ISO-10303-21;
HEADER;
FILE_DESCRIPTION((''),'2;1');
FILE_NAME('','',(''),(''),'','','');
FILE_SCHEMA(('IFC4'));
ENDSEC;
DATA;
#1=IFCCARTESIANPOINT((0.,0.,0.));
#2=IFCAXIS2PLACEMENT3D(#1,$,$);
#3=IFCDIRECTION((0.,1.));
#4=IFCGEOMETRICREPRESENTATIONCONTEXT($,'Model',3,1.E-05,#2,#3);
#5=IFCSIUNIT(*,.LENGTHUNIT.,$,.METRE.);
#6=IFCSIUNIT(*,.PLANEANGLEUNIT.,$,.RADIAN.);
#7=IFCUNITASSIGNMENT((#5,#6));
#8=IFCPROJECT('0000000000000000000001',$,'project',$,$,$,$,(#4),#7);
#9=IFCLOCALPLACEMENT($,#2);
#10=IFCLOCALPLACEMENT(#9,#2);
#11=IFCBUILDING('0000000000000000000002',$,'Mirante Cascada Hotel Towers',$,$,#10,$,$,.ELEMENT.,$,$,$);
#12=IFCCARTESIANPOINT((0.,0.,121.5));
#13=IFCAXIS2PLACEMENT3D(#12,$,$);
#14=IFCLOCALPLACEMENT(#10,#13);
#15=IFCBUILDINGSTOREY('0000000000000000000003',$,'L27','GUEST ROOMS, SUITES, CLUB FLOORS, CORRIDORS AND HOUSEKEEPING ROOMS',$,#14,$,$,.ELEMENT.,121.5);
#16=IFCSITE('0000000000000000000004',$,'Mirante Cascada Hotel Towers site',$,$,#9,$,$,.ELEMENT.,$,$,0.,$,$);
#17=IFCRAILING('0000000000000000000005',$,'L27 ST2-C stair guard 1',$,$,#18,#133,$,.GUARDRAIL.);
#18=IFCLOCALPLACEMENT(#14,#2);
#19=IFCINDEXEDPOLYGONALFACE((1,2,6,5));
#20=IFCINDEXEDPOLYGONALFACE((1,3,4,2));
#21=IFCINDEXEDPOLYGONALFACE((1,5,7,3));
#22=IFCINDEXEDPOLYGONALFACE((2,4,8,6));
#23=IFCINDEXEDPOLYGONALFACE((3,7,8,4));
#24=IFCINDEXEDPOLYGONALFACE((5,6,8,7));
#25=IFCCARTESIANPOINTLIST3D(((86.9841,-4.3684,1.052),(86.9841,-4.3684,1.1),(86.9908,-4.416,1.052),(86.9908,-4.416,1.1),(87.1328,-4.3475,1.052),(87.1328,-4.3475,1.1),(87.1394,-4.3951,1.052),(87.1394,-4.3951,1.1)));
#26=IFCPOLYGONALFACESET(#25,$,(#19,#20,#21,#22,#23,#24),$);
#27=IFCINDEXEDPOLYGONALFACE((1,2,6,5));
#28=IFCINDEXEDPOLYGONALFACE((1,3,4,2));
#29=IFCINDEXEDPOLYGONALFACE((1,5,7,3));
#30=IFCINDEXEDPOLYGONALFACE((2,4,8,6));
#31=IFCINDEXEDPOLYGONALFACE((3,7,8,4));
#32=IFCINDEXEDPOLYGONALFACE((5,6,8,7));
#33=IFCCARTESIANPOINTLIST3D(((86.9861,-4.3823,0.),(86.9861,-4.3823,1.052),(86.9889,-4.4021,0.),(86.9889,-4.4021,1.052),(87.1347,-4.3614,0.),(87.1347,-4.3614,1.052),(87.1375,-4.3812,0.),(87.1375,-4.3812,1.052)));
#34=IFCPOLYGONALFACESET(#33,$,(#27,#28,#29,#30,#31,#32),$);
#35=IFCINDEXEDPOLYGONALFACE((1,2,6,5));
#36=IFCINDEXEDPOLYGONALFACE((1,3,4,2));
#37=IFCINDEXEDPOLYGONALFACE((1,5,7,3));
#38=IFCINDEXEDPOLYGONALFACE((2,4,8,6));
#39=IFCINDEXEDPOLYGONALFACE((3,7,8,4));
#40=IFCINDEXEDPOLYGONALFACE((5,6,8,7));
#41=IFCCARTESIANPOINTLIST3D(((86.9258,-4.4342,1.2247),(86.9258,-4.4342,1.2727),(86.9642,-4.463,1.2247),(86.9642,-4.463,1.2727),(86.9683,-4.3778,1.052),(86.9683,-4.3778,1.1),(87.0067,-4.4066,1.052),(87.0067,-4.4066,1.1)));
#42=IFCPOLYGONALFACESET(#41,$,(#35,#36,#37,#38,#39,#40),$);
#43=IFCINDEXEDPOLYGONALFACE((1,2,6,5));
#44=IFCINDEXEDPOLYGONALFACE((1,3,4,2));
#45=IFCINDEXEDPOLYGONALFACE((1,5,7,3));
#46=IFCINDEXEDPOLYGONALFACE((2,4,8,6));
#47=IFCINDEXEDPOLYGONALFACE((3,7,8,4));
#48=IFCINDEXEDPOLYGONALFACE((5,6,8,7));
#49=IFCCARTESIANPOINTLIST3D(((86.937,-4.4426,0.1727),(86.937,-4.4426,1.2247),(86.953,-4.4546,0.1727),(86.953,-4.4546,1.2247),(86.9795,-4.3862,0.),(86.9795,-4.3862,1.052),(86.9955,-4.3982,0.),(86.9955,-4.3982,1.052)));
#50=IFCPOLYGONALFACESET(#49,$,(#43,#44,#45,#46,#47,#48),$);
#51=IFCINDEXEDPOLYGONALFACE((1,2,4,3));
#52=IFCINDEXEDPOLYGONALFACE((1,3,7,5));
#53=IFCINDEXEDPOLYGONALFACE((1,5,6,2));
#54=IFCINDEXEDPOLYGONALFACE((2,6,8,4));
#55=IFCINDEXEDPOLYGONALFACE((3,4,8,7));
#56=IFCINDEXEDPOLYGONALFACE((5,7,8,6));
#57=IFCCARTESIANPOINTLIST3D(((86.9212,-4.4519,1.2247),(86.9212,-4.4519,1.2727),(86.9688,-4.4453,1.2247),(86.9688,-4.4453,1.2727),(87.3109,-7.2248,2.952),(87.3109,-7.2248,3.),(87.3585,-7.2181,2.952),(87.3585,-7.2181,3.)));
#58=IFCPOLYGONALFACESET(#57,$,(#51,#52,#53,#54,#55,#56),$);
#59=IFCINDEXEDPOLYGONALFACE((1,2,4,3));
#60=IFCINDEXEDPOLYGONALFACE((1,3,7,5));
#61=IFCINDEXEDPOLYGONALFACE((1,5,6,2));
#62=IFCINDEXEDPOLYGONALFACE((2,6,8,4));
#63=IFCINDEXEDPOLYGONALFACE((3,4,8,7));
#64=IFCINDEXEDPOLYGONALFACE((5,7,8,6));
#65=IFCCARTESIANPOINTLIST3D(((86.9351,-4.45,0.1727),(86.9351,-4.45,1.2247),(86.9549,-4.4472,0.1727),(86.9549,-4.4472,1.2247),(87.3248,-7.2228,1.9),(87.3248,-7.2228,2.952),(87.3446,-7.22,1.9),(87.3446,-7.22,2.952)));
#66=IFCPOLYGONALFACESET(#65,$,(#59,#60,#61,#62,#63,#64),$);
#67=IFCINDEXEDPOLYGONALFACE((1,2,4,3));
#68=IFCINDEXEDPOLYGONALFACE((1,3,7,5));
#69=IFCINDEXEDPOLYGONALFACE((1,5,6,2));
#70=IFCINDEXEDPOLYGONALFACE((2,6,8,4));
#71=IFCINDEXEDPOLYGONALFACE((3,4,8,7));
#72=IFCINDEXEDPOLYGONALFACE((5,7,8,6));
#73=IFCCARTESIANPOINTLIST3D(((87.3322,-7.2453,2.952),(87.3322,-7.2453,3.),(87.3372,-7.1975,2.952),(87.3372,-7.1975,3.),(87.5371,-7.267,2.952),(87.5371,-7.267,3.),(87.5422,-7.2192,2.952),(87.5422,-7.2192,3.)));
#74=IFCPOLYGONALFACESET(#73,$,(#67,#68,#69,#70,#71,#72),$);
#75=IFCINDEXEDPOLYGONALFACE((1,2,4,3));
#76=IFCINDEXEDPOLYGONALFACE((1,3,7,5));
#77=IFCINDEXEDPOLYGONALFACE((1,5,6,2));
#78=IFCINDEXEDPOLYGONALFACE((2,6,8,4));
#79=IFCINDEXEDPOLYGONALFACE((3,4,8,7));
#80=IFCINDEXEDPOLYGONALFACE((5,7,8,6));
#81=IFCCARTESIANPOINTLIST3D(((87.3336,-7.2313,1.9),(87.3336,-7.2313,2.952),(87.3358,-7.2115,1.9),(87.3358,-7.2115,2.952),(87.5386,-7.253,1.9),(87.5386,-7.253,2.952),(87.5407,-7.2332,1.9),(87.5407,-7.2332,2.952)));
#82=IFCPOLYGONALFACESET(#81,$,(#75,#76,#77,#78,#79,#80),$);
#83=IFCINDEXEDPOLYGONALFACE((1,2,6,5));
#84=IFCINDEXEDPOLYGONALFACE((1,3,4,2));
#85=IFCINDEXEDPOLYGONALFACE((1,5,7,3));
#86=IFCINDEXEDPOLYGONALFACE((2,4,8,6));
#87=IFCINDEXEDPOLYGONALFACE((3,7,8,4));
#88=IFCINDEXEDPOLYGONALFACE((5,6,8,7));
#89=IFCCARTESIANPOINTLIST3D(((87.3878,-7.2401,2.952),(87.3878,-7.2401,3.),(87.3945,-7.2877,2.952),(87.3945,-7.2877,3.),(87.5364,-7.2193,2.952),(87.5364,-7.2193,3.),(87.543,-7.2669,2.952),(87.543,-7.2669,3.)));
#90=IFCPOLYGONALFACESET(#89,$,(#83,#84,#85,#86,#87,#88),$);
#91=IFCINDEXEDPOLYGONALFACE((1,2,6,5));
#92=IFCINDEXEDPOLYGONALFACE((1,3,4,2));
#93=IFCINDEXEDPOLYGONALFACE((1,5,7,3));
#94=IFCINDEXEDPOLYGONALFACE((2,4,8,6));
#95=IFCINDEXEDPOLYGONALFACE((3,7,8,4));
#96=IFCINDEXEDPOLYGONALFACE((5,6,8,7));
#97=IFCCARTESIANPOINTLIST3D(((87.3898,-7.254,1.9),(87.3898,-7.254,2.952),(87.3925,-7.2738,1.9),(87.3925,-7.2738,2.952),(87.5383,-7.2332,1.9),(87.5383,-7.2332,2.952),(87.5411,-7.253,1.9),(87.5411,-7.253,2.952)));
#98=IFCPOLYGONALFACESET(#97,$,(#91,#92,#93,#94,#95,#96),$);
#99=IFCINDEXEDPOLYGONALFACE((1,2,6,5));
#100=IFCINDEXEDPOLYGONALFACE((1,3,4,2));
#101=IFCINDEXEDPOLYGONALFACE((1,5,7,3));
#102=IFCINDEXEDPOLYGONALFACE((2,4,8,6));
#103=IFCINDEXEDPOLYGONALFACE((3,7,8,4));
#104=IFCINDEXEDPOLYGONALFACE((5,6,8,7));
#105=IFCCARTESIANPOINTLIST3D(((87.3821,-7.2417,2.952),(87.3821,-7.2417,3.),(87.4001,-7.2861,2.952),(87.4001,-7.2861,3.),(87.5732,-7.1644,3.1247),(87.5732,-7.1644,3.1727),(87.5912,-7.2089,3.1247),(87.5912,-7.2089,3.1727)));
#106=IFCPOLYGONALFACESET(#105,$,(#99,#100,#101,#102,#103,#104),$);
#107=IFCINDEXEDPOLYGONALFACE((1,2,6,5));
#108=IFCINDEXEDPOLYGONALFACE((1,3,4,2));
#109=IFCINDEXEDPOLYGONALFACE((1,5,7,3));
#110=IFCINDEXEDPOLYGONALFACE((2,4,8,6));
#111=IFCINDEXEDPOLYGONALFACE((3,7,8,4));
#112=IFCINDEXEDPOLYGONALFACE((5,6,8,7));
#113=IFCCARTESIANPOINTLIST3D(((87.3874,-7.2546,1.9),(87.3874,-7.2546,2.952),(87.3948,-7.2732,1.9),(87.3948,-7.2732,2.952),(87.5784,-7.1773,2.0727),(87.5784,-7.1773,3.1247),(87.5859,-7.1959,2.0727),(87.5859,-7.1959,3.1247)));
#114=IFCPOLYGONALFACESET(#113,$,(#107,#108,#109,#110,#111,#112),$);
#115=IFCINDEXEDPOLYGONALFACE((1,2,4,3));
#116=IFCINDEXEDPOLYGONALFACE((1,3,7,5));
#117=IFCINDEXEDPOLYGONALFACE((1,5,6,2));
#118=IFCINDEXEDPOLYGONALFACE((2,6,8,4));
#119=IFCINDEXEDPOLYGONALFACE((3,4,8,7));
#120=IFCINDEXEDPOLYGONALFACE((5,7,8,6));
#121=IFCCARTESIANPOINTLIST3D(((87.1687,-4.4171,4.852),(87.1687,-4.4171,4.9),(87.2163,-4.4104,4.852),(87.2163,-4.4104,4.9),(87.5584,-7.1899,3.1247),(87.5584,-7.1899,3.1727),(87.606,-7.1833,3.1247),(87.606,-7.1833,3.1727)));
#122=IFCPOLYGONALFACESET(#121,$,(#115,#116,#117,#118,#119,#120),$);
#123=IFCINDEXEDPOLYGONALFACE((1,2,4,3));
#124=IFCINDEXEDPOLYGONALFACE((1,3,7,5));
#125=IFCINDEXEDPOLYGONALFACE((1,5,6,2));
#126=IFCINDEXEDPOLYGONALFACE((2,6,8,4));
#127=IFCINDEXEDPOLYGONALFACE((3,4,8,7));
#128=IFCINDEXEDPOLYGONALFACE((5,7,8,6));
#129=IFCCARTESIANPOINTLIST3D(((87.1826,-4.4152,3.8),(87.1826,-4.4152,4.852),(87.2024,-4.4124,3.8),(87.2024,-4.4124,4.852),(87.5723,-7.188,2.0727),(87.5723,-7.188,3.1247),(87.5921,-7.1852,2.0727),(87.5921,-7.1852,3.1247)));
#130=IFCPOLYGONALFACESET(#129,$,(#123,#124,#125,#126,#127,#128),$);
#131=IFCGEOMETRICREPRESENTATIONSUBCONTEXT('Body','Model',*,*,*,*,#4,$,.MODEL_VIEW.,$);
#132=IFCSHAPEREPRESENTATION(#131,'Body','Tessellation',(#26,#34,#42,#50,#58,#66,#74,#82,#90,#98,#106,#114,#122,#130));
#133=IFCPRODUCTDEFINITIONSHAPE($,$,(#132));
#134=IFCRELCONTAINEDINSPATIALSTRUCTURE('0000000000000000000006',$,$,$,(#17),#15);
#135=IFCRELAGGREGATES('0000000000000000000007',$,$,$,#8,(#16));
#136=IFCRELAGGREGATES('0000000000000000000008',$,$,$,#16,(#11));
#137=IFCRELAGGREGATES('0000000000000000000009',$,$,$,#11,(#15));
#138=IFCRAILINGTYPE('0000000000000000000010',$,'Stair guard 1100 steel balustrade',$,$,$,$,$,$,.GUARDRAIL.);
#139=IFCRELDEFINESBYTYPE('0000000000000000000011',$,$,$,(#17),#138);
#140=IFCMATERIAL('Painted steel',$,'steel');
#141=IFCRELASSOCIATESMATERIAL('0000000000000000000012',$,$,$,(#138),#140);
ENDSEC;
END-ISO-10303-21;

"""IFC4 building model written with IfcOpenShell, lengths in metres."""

from ifc_helpers import new_model, si_unit, direction, frame, origin, origin_2d, place, context, subcontext, project, spatial, rectangle, extrude, material, type_object, element, save


model = new_model("IFC4")

# Units and contexts
model_context = context("Model", 3, precision=1e-05, world=origin(), true_north=direction((0.0, 1.0)))
body_context = subcontext(model_context, "Body", "Model", "MODEL_VIEW")
ifc_project = project(units=[si_unit("LENGTHUNIT", "METRE"), si_unit("PLANEANGLEUNIT", "RADIAN")], contexts=[model_context])

# Site, building, storey
site_placement = place(None, origin())
site = spatial("IfcSite", under=ifc_project, at=site_placement, Name="Mirante Cascada Hotel Towers site", CompositionType="ELEMENT", RefElevation=0.0)
building_placement = place(site_placement, origin())
building = spatial("IfcBuilding", under=site, at=building_placement, Name="Mirante Cascada Hotel Towers", CompositionType="ELEMENT")
storey_placement = place(building_placement, frame((0.0, 0.0, 121.5)))
storey = spatial("IfcBuildingStorey", under=building, at=storey_placement, Name="L27", Description="GUEST ROOMS, SUITES, CLUB FLOORS, CORRIDORS AND HOUSEKEEPING ROOMS", CompositionType="ELEMENT", Elevation=121.5)

# Railing
ifc_material_1 = material(Name="Painted steel", Category="steel")
railing_type_1 = type_object("IfcRailingType", Name="Stair guard 1100 steel balustrade", PredefinedType="GUARDRAIL", material=ifc_material_1)
railing_1_placement = place(storey_placement, frame((87.1361, -4.3713, 0.0)))
element("IfcRailing", 1, at=railing_1_placement, inside=storey, type_object=railing_type_1, Name="L27 ST2-C stair guard 1", PredefinedType="GUARDRAIL", context=body_context, shape_type="SweptSolid", body=[
    extrude(rectangle(XDim=0.048, YDim=0.048, at=origin_2d()), frame((0.0, 0.0, 1.076), z_axis=(-0.990254, -0.139275, 0.0), x_axis=(0.139275, -0.990254, 0.0)), (0.0, 0.0, 1.0), 0.1501),
    extrude(rectangle(XDim=0.02, YDim=1.052, at=origin_2d()), frame((0.0, 0.0, 0.526), z_axis=(-0.990254, -0.139275, 0.0), x_axis=(0.139275, -0.990254, 0.0)), (0.0, 0.0, 1.0), 0.1501),
    extrude(rectangle(XDim=0.048, YDim=0.048, at=origin_2d()), frame((-0.1486, -0.0209, 1.076), z_axis=(-0.601811, -0.798639, 0.0), x_axis=(0.798639, -0.601811, 0.0)), (0.0, 0.925603, 0.378496), 0.1866),
    extrude(rectangle(XDim=0.02, YDim=1.052, at=origin_2d()), frame((-0.1486, -0.0209, 0.526), z_axis=(-0.601811, -0.798639, 0.0), x_axis=(0.798639, -0.601811, 0.0)), (0.0, 0.925603, 0.378496), 0.1866),
    extrude(rectangle(XDim=0.048, YDim=0.048, at=origin_2d()), frame((-0.1911, -0.0773, 1.2487), z_axis=(0.139176, -0.990268, 0.0), x_axis=(0.990268, 0.139176, 0.0)), (0.0, 0.525021, 0.851089), 3.29),
    extrude(rectangle(XDim=0.02, YDim=1.052, at=origin_2d()), frame((-0.1911, -0.0773, 0.6987), z_axis=(0.139176, -0.990268, 0.0), x_axis=(0.990268, 0.139176, 0.0)), (0.0, 0.525021, 0.851089), 3.29),
    extrude(rectangle(XDim=0.048, YDim=0.048, at=origin_2d()), frame((0.1986, -2.8501, 2.976), z_axis=(0.994444, -0.105266, 0.0), x_axis=(0.105266, 0.994444, 0.0)), (0.0, 0.0, 1.0), 0.2061),
    extrude(rectangle(XDim=0.02, YDim=1.052, at=origin_2d()), frame((0.1986, -2.8501, 2.426), z_axis=(0.994444, -0.105266, 0.0), x_axis=(0.105266, 0.994444, 0.0)), (0.0, 0.0, 1.0), 0.2061),
    extrude(rectangle(XDim=0.048, YDim=0.048, at=origin_2d()), frame((0.4036, -2.8718, 2.976), z_axis=(-0.990345, -0.138622, 0.0), x_axis=(0.138622, -0.990345, 0.0)), (0.0, 0.0, 1.0), 0.15),
    extrude(rectangle(XDim=0.02, YDim=1.052, at=origin_2d()), frame((0.4036, -2.8718, 2.426), z_axis=(-0.990345, -0.138622, 0.0), x_axis=(0.138622, -0.990345, 0.0)), (0.0, 0.0, 1.0), 0.15),
    extrude(rectangle(XDim=0.048, YDim=0.048, at=origin_2d()), frame((0.255, -2.8926, 2.976), z_axis=(0.927031, 0.374984, 0.0), x_axis=(-0.374984, 0.927031, 0.0)), (0.0, 0.64219, 0.766545), 0.2689),
    extrude(rectangle(XDim=0.02, YDim=1.052, at=origin_2d()), frame((0.255, -2.8926, 2.426), z_axis=(0.927031, 0.374984, 0.0), x_axis=(-0.374984, 0.927031, 0.0)), (0.0, 0.64219, 0.766545), 0.2689),
    extrude(rectangle(XDim=0.048, YDim=0.048, at=origin_2d()), frame((0.4461, -2.8153, 3.1487), z_axis=(-0.139176, 0.990268, 0.0), x_axis=(-0.990268, -0.139176, 0.0)), (0.0, 0.525021, 0.851089), 3.29),
    extrude(rectangle(XDim=0.02, YDim=1.052, at=origin_2d()), frame((0.4461, -2.8153, 2.5987), z_axis=(-0.139176, 0.990268, 0.0), x_axis=(-0.990268, -0.139176, 0.0)), (0.0, 0.525021, 0.851089), 3.29),
])

save(model, "model.ifc")
